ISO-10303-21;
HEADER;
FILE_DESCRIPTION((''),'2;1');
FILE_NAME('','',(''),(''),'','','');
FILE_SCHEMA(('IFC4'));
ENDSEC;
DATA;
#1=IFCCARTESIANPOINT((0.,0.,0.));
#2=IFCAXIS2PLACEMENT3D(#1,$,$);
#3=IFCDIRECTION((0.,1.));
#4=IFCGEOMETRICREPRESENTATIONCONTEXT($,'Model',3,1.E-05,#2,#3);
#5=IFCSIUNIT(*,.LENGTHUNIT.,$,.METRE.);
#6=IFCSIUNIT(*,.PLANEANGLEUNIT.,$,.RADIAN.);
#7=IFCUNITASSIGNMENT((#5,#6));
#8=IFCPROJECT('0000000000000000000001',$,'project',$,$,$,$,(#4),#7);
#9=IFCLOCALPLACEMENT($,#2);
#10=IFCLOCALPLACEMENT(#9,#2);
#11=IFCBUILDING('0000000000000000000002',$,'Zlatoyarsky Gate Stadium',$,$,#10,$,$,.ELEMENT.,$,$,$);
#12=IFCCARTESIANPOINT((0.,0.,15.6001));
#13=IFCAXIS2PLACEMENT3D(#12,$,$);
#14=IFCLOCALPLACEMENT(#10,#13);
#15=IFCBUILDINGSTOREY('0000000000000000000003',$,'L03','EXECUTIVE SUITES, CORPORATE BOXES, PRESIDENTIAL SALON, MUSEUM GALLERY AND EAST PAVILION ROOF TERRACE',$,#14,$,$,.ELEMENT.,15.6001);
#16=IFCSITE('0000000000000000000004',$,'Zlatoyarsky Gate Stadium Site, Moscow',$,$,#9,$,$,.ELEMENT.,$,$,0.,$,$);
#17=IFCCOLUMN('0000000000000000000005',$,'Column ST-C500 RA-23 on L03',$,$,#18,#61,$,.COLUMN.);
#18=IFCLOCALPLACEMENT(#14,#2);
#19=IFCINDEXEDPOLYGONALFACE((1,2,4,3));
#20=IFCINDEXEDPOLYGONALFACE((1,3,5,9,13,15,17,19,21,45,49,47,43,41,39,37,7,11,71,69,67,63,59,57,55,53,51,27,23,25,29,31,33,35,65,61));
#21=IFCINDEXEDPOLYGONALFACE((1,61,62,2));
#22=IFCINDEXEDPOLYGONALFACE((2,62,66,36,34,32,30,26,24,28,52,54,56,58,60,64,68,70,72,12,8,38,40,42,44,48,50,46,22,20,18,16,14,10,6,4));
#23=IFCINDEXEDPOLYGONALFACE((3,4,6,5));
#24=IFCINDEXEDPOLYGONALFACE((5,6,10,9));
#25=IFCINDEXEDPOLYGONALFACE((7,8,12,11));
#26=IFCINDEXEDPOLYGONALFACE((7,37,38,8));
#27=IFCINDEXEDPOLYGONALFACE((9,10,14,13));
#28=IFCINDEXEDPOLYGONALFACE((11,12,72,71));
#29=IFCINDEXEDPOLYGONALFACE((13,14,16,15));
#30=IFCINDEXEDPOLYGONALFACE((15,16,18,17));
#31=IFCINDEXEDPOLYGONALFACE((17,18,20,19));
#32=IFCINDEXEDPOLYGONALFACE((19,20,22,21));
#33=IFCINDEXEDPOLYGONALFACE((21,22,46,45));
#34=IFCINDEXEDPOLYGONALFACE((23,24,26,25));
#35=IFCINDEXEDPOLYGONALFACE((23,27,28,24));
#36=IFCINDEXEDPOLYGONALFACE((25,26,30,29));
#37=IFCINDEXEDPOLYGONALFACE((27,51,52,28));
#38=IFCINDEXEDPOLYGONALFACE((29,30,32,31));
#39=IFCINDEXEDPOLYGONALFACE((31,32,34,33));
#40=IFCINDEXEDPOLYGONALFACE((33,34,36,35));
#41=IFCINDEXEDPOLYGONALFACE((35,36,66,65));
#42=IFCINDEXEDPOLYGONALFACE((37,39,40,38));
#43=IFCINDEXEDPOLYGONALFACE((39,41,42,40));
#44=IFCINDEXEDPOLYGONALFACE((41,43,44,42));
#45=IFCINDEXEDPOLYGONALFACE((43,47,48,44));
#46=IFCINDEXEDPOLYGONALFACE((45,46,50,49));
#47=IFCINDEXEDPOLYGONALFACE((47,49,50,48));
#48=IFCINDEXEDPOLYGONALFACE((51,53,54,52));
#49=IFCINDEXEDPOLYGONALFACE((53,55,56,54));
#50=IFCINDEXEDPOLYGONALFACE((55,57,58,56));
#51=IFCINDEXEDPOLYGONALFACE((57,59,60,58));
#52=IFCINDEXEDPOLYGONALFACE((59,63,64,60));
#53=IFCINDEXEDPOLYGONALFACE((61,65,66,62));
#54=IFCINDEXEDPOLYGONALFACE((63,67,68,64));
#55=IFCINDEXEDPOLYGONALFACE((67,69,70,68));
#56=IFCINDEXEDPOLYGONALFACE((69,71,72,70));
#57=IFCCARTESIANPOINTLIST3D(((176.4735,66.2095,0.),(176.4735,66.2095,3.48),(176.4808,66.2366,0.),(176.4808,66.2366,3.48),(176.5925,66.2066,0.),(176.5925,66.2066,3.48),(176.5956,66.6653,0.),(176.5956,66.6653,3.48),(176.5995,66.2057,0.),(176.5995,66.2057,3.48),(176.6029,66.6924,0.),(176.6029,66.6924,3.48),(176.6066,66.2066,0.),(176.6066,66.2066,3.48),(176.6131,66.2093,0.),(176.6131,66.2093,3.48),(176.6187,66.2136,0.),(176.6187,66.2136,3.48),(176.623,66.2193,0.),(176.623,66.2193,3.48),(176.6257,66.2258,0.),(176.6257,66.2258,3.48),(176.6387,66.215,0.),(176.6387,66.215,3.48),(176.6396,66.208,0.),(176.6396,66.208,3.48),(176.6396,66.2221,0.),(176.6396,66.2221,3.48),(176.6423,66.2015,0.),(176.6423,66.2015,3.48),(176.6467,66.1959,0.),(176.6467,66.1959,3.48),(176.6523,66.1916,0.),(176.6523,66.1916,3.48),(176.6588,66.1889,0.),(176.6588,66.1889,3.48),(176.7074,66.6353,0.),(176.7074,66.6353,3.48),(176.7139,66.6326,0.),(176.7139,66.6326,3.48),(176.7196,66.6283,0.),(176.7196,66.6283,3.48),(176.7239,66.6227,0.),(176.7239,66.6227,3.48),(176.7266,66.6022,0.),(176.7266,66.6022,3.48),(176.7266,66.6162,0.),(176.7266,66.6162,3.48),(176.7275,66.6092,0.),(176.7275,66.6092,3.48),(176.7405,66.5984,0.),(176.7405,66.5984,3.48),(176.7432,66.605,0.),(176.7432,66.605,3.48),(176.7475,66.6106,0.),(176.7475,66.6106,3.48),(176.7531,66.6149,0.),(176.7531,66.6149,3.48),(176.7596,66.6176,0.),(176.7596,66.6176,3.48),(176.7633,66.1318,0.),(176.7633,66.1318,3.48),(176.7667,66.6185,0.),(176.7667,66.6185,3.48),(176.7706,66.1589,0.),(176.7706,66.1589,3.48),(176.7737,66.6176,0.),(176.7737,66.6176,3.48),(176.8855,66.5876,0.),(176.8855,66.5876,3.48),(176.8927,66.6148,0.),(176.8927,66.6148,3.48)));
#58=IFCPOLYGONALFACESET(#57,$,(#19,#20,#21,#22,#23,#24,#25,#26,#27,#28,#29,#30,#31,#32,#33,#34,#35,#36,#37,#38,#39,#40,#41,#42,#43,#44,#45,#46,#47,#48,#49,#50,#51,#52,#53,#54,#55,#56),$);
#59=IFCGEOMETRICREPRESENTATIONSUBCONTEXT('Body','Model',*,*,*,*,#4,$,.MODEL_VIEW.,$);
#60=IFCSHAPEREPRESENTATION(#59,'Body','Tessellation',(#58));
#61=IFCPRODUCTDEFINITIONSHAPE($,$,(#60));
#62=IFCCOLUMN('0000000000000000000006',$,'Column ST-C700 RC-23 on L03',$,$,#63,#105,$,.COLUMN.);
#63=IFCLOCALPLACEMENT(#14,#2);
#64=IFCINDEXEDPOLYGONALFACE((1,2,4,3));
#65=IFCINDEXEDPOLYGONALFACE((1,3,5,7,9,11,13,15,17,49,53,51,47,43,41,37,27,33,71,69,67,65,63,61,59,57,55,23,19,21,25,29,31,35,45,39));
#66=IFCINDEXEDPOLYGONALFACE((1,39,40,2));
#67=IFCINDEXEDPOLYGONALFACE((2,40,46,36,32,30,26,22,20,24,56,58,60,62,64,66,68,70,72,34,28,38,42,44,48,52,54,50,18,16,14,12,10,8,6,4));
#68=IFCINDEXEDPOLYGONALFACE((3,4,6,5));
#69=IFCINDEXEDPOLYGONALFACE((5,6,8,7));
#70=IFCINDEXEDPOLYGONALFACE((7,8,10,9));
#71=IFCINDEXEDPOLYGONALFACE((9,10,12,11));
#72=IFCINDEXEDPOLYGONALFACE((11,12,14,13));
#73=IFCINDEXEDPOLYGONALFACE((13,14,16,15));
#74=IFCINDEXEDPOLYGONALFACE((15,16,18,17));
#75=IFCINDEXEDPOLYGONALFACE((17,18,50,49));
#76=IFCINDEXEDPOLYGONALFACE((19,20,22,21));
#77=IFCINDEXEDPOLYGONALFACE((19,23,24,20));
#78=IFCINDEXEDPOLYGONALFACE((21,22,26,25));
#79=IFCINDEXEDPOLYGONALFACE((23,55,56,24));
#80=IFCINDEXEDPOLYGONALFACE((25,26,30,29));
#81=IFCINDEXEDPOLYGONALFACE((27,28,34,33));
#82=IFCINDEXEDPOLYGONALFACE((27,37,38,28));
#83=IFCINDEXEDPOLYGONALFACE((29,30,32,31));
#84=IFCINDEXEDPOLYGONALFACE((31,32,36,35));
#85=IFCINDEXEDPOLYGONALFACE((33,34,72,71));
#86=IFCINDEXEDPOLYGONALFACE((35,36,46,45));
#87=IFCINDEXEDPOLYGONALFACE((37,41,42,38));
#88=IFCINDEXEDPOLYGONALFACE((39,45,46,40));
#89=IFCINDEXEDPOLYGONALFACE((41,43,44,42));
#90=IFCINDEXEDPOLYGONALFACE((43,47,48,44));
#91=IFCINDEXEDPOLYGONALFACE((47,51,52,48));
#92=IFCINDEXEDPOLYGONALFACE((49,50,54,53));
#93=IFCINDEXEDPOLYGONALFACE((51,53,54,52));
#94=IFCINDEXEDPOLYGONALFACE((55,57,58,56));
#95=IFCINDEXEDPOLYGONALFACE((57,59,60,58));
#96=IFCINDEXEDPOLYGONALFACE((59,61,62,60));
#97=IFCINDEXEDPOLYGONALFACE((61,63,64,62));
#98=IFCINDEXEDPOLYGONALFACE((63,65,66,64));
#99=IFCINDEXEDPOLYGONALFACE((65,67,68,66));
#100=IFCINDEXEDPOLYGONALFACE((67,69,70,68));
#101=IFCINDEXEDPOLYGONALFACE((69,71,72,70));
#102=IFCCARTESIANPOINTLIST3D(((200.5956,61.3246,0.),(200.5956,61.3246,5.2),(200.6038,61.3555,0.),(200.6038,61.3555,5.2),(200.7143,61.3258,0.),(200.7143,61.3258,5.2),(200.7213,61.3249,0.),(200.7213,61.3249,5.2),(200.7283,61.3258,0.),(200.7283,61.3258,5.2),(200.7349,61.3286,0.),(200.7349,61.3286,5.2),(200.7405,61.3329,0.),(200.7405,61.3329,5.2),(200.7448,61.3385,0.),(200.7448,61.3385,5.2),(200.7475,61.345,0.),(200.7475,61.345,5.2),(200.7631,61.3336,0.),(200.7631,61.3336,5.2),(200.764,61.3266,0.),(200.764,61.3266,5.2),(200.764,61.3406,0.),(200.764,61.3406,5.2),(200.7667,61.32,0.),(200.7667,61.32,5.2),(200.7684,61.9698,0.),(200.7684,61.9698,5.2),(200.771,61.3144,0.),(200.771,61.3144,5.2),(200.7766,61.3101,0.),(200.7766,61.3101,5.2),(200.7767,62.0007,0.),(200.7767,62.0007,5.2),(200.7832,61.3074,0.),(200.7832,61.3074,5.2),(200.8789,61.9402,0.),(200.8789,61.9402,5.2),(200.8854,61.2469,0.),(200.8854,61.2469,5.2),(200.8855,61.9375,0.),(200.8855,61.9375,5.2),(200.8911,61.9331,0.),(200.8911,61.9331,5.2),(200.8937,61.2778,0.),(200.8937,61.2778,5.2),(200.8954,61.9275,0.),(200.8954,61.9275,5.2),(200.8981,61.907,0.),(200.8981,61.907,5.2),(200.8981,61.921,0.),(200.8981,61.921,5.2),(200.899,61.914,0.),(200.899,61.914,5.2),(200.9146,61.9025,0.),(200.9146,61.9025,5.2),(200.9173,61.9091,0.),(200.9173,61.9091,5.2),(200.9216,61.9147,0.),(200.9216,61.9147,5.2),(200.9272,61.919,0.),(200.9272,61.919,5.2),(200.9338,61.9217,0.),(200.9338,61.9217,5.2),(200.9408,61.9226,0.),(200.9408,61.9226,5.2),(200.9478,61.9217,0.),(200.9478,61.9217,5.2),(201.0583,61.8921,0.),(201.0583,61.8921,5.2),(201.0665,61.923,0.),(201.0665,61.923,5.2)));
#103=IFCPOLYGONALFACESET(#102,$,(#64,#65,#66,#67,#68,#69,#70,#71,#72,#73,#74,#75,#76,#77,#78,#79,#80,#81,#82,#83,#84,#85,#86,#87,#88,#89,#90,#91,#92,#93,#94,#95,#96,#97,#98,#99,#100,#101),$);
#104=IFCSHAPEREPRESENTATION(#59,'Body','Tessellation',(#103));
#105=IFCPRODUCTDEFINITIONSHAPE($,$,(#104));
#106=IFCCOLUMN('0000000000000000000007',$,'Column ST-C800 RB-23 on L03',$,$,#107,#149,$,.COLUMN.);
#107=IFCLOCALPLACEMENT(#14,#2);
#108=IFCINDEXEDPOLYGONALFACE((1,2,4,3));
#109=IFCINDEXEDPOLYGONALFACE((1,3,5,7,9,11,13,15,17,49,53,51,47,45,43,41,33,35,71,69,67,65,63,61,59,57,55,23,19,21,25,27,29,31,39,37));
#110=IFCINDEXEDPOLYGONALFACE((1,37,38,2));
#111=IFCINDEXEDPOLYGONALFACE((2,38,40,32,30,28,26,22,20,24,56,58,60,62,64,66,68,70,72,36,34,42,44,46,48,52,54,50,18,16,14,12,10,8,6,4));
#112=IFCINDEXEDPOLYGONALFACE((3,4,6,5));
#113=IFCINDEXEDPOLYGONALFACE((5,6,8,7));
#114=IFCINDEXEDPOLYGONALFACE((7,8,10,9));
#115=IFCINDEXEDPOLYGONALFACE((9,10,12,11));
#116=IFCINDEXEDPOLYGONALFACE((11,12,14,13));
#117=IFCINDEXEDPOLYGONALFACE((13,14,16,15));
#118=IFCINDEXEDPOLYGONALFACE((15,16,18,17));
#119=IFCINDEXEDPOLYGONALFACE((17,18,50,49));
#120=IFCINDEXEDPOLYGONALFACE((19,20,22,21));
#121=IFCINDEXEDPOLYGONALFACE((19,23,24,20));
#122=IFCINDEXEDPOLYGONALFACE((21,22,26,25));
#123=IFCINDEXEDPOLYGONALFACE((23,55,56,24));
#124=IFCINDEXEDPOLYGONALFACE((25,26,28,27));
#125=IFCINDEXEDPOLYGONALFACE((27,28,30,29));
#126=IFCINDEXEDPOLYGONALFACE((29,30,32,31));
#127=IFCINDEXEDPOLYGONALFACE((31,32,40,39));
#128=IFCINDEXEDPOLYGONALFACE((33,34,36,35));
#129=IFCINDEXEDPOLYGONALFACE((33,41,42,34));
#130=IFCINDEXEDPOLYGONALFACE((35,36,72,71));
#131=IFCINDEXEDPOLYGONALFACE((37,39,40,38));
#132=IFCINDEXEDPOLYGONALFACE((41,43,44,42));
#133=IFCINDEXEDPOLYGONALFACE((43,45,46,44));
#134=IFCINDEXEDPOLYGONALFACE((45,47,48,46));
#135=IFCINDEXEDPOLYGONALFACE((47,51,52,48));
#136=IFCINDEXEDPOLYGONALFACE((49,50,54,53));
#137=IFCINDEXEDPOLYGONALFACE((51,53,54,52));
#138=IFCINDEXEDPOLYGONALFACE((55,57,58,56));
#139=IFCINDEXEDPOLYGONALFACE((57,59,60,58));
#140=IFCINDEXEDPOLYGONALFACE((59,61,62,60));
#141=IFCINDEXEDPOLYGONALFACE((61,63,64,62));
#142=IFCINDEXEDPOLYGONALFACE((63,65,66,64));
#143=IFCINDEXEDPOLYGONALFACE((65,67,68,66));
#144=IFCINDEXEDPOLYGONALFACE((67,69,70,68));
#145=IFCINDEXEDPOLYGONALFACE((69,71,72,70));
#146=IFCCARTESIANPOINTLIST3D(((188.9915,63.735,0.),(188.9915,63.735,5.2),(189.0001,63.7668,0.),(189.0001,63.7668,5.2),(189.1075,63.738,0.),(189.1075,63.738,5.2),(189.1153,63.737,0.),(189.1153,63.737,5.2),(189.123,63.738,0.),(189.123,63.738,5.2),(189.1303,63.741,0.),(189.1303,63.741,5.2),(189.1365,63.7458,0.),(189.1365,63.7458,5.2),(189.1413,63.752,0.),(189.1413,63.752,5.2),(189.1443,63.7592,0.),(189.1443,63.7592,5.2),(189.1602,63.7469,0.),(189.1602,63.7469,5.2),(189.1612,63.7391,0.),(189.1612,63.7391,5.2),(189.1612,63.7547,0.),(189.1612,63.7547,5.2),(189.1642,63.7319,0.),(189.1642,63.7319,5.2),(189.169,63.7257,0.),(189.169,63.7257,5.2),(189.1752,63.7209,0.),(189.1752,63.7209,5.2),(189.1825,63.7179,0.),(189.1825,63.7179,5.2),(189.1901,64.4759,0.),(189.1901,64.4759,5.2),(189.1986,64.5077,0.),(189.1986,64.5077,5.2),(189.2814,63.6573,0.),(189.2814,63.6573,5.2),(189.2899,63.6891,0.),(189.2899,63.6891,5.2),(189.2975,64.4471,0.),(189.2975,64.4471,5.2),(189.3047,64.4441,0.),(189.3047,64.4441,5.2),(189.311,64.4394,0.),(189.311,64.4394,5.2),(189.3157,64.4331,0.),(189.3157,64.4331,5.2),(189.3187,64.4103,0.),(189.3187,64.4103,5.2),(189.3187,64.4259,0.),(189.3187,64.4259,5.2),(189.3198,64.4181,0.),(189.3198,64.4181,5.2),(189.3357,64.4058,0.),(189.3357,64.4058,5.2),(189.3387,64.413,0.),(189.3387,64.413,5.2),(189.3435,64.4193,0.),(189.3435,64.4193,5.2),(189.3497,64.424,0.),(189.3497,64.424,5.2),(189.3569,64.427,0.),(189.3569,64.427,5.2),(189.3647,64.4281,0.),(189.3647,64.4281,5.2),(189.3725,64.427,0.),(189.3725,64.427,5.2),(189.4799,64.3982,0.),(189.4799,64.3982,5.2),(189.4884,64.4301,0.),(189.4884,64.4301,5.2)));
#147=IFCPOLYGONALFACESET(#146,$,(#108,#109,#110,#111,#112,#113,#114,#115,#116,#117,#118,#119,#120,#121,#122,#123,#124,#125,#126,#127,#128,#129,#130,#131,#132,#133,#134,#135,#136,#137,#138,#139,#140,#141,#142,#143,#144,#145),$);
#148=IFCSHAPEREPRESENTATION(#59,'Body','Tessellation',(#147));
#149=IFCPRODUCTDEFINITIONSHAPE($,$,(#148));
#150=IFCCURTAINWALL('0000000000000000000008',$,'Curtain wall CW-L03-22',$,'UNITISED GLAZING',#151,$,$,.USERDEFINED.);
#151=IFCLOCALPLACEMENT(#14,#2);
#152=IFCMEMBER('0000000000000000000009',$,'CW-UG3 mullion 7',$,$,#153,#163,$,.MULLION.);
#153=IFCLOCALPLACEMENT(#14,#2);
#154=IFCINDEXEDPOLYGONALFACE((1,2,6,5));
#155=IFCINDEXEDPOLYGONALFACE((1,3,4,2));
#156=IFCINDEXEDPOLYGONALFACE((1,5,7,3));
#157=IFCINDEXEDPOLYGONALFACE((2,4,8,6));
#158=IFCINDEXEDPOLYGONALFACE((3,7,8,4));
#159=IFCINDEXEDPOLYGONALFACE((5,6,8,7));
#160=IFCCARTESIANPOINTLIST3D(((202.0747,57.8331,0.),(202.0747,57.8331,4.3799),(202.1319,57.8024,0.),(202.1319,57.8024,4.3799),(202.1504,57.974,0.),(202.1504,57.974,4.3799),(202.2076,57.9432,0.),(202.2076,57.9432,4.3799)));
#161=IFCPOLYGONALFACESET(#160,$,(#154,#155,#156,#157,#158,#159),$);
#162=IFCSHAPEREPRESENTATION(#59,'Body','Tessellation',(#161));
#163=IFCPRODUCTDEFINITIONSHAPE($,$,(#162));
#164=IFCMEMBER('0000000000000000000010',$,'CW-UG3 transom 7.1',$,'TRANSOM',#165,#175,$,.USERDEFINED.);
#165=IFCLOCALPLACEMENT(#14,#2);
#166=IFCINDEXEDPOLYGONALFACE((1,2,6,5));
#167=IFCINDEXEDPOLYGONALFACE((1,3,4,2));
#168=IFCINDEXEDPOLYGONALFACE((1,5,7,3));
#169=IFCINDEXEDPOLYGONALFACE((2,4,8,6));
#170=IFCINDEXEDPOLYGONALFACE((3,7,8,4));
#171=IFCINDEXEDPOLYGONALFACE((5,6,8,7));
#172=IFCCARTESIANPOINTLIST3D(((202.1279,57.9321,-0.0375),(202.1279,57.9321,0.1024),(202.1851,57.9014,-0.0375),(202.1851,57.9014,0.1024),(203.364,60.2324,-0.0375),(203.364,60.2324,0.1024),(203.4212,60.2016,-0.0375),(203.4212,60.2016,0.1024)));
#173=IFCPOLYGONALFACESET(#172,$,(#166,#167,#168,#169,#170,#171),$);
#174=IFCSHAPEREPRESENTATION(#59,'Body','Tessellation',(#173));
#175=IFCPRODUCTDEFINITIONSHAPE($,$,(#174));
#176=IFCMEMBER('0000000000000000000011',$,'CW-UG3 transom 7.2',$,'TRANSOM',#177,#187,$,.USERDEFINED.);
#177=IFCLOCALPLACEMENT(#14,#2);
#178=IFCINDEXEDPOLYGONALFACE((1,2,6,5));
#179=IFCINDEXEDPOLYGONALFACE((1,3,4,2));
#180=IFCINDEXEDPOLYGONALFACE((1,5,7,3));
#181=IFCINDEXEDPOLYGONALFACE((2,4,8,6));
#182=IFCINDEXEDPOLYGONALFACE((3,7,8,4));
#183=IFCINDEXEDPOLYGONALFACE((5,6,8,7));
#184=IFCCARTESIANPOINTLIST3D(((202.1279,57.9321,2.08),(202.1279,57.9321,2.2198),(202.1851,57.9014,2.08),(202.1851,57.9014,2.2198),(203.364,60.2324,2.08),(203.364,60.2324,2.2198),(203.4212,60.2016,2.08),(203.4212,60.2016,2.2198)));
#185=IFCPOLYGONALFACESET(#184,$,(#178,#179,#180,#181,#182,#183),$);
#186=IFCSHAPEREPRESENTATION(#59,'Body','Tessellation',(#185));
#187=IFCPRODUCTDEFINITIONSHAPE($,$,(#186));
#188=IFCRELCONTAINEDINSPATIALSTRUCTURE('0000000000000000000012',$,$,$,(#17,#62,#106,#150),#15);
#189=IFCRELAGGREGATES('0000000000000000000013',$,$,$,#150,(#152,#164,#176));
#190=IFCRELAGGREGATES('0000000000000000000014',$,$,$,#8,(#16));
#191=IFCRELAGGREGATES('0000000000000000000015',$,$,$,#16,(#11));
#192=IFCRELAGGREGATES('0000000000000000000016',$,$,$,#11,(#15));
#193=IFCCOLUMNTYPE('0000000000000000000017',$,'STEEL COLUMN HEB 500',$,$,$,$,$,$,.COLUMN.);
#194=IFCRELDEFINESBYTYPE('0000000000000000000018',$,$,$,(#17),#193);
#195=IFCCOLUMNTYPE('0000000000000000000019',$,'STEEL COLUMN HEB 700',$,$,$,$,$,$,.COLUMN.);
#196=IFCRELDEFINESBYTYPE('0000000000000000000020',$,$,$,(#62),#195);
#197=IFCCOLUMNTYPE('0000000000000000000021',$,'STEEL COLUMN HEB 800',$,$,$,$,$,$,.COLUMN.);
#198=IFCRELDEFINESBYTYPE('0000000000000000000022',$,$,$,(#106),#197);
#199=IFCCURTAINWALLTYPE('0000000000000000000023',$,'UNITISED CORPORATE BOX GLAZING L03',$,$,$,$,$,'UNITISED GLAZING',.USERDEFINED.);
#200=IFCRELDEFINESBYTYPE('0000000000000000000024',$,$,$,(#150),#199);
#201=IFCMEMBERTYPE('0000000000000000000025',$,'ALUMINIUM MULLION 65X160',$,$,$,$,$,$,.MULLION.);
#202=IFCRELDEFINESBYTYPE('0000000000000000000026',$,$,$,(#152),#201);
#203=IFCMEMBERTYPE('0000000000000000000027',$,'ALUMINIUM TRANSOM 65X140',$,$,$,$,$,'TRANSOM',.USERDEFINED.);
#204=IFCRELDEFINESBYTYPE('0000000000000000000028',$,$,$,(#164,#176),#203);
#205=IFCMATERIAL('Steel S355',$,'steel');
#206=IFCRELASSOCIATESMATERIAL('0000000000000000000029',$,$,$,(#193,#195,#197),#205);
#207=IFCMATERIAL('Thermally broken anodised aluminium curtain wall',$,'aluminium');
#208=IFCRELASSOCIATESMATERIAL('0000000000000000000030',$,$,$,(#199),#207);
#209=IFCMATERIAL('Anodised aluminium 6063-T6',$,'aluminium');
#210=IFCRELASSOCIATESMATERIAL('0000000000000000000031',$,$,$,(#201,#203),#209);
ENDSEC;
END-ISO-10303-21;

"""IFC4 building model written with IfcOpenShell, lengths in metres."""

from ifc_helpers import new_model, si_unit, direction, frame, origin, origin_2d, place, context, subcontext, project, spatial, rectangle, i_section, extrude, material, material_profile, profile_set, type_object, element, aggregate, save


model = new_model("IFC4")

# Units and contexts
model_context = context("Model", 3, precision=1e-05, world=origin(), true_north=direction((0.0, 1.0)))
body_context = subcontext(model_context, "Body", "Model", "MODEL_VIEW")
ifc_project = project(units=[si_unit("LENGTHUNIT", "METRE"), si_unit("PLANEANGLEUNIT", "RADIAN")], contexts=[model_context])

# Site, building, storey
site_placement = place(None, origin())
site = spatial("IfcSite", under=ifc_project, at=site_placement, Name="Zlatoyarsky Gate Stadium Site, Moscow", CompositionType="ELEMENT", RefElevation=0.0)
building_placement = place(site_placement, origin())
building = spatial("IfcBuilding", under=site, at=building_placement, Name="Zlatoyarsky Gate Stadium", CompositionType="ELEMENT")
storey_placement = place(building_placement, frame((0.0, 0.0, 15.6001)))
storey = spatial("IfcBuildingStorey", under=building, at=storey_placement, Name="L03", Description="EXECUTIVE SUITES, CORPORATE BOXES, PRESIDENTIAL SALON, MUSEUM GALLERY AND EAST PAVILION ROOF TERRACE", CompositionType="ELEMENT", Elevation=15.6001)

# Columns
ifc_material_1 = material(Name="Steel S355", Category="steel")
ifc_material_profile_1 = material_profile(ifc_material_1, i_section(OverallWidth=0.3, OverallDepth=0.5, WebThickness=0.0144, FlangeThickness=0.0281, FilletRadius=0.0271, at=origin_2d()), Name="HEB 500")
ifc_profile_set_1 = profile_set([ifc_material_profile_1], Name="Steel S355")
column_type_1 = type_object("IfcColumnType", Name="STEEL COLUMN HEB 500", PredefinedType="COLUMN", material=ifc_profile_set_1)
column_1_placement = place(storey_placement, frame((176.6831, 66.4121, 0.0), z_axis=(0.0, 0.0, 1.0), x_axis=(0.965926, -0.258819, 0.0)))
element("IfcColumn", 1, at=column_1_placement, inside=storey, type_object=column_type_1, Name="Column ST-C500 RA-23 on L03", PredefinedType="COLUMN", context=body_context, shape_type="SweptSolid", body=[
    extrude(i_section(OverallWidth=0.3, OverallDepth=0.5, WebThickness=0.0144, FlangeThickness=0.0281, FilletRadius=0.0271, at=origin_2d()), origin(), (0.0, 0.0, 1.0), 3.48),
])
ifc_material_profile_2 = material_profile(ifc_material_1, i_section(OverallWidth=0.3, OverallDepth=0.7, WebThickness=0.0171, FlangeThickness=0.032, FilletRadius=0.0271, at=origin_2d()), Name="HEB 700")
ifc_profile_set_2 = profile_set([ifc_material_profile_2], Name="Steel S355")
column_type_2 = type_object("IfcColumnType", Name="STEEL COLUMN HEB 700", PredefinedType="COLUMN", material=ifc_profile_set_2)
column_2_placement = place(storey_placement, frame((200.8311, 61.6238, 0.0), z_axis=(0.0, 0.0, 1.0), x_axis=(0.965926, -0.258819, 0.0)))
element("IfcColumn", 2, at=column_2_placement, inside=storey, type_object=column_type_2, Name="Column ST-C700 RC-23 on L03", PredefinedType="COLUMN", context=body_context, shape_type="SweptSolid", body=[
    extrude(i_section(OverallWidth=0.3, OverallDepth=0.7, WebThickness=0.0171, FlangeThickness=0.032, FilletRadius=0.0271, at=origin_2d()), origin(), (0.0, 0.0, 1.0), 5.2),
])
ifc_material_profile_3 = material_profile(ifc_material_1, i_section(OverallWidth=0.3, OverallDepth=0.8, WebThickness=0.0176, FlangeThickness=0.033, FilletRadius=0.03, at=origin_2d()), Name="HEB 800")
ifc_profile_set_3 = profile_set([ifc_material_profile_3], Name="Steel S355")
column_type_3 = type_object("IfcColumnType", Name="STEEL COLUMN HEB 800", PredefinedType="COLUMN", material=ifc_profile_set_3)
column_3_placement = place(storey_placement, frame((189.24, 64.0825, 0.0), z_axis=(0.0, 0.0, 1.0), x_axis=(0.965926, -0.258819, 0.0)))
element("IfcColumn", 3, at=column_3_placement, inside=storey, type_object=column_type_3, Name="Column ST-C800 RB-23 on L03", PredefinedType="COLUMN", context=body_context, shape_type="SweptSolid", body=[
    extrude(i_section(OverallWidth=0.3, OverallDepth=0.8, WebThickness=0.0176, FlangeThickness=0.033, FilletRadius=0.03, at=origin_2d()), origin(), (0.0, 0.0, 1.0), 5.2),
])

# Curtain wall, members
ifc_material_2 = material(Name="Thermally broken anodised aluminium curtain wall", Category="aluminium")
curtain_wall_type = type_object("IfcCurtainWallType", Name="UNITISED CORPORATE BOX GLAZING L03", ElementType="UNITISED GLAZING", PredefinedType="USERDEFINED", material=ifc_material_2)
curtain_wall_placement = place(storey_placement, origin())
curtain_wall = element("IfcCurtainWall", 4, at=curtain_wall_placement, inside=storey, type_object=curtain_wall_type, Name="Curtain wall CW-L03-22", ObjectType="UNITISED GLAZING", PredefinedType="USERDEFINED")
ifc_material_3 = material(Name="Anodised aluminium 6063-T6", Category="aluminium")
ifc_material_profile_4 = material_profile(ifc_material_3, rectangle(XDim=0.0649, YDim=0.1599, at=origin_2d()), Name="ALU 65X160")
ifc_profile_set_4 = profile_set([ifc_material_profile_4], Name="Anodised aluminium 6063-T6")
member_type_1 = type_object("IfcMemberType", Name="ALUMINIUM MULLION 65X160", PredefinedType="MULLION", material=ifc_profile_set_4)
member_1_placement = place(storey_placement, frame((202.1411, 57.8882, 0.0), z_axis=(0.0, 0.0, 1.0), x_axis=(-0.880877, 0.473345, 0.0)))
member_1 = element("IfcMember", 5, at=member_1_placement, type_object=member_type_1, Name="CW-UG3 mullion 7", PredefinedType="MULLION", context=body_context, shape_type="SweptSolid", body=[
    extrude(rectangle(XDim=0.0649, YDim=0.1599, at=origin_2d()), origin(), (0.0, 0.0, 1.0), 4.3799),
])
ifc_material_profile_5 = material_profile(ifc_material_3, rectangle(XDim=0.0649, YDim=0.1399, at=origin_2d()), Name="ALU 65X140")
ifc_profile_set_5 = profile_set([ifc_material_profile_5], Name="Anodised aluminium 6063-T6")
member_type_2 = type_object("IfcMemberType", Name="ALUMINIUM TRANSOM 65X140", ElementType="TRANSOM", PredefinedType="USERDEFINED", material=ifc_profile_set_5)
member_2_placement = place(storey_placement, frame((202.1565, 57.9167, 0.0325), z_axis=(0.473347, 0.880876, 0.0), x_axis=(-0.880876, 0.473347, 0.0)))
member_2 = element("IfcMember", 6, at=member_2_placement, type_object=member_type_2, Name="CW-UG3 transom 7.1", ObjectType="TRANSOM", PredefinedType="USERDEFINED", context=body_context, shape_type="SweptSolid", body=[
    extrude(rectangle(XDim=0.0649, YDim=0.1399, at=origin_2d()), origin(), (0.0, 0.0, 1.0), 2.6113),
])
member_3_placement = place(storey_placement, frame((202.1565, 57.9167, 2.1499), z_axis=(0.473347, 0.880876, 0.0), x_axis=(-0.880876, 0.473347, 0.0)))
member_3 = element("IfcMember", 7, at=member_3_placement, type_object=member_type_2, Name="CW-UG3 transom 7.2", ObjectType="TRANSOM", PredefinedType="USERDEFINED", context=body_context, shape_type="SweptSolid", body=[
    extrude(rectangle(XDim=0.0649, YDim=0.1399, at=origin_2d()), origin(), (0.0, 0.0, 1.0), 2.6113),
])
aggregate(curtain_wall, [member_1, member_2, member_3])

save(model, "model.ifc")
